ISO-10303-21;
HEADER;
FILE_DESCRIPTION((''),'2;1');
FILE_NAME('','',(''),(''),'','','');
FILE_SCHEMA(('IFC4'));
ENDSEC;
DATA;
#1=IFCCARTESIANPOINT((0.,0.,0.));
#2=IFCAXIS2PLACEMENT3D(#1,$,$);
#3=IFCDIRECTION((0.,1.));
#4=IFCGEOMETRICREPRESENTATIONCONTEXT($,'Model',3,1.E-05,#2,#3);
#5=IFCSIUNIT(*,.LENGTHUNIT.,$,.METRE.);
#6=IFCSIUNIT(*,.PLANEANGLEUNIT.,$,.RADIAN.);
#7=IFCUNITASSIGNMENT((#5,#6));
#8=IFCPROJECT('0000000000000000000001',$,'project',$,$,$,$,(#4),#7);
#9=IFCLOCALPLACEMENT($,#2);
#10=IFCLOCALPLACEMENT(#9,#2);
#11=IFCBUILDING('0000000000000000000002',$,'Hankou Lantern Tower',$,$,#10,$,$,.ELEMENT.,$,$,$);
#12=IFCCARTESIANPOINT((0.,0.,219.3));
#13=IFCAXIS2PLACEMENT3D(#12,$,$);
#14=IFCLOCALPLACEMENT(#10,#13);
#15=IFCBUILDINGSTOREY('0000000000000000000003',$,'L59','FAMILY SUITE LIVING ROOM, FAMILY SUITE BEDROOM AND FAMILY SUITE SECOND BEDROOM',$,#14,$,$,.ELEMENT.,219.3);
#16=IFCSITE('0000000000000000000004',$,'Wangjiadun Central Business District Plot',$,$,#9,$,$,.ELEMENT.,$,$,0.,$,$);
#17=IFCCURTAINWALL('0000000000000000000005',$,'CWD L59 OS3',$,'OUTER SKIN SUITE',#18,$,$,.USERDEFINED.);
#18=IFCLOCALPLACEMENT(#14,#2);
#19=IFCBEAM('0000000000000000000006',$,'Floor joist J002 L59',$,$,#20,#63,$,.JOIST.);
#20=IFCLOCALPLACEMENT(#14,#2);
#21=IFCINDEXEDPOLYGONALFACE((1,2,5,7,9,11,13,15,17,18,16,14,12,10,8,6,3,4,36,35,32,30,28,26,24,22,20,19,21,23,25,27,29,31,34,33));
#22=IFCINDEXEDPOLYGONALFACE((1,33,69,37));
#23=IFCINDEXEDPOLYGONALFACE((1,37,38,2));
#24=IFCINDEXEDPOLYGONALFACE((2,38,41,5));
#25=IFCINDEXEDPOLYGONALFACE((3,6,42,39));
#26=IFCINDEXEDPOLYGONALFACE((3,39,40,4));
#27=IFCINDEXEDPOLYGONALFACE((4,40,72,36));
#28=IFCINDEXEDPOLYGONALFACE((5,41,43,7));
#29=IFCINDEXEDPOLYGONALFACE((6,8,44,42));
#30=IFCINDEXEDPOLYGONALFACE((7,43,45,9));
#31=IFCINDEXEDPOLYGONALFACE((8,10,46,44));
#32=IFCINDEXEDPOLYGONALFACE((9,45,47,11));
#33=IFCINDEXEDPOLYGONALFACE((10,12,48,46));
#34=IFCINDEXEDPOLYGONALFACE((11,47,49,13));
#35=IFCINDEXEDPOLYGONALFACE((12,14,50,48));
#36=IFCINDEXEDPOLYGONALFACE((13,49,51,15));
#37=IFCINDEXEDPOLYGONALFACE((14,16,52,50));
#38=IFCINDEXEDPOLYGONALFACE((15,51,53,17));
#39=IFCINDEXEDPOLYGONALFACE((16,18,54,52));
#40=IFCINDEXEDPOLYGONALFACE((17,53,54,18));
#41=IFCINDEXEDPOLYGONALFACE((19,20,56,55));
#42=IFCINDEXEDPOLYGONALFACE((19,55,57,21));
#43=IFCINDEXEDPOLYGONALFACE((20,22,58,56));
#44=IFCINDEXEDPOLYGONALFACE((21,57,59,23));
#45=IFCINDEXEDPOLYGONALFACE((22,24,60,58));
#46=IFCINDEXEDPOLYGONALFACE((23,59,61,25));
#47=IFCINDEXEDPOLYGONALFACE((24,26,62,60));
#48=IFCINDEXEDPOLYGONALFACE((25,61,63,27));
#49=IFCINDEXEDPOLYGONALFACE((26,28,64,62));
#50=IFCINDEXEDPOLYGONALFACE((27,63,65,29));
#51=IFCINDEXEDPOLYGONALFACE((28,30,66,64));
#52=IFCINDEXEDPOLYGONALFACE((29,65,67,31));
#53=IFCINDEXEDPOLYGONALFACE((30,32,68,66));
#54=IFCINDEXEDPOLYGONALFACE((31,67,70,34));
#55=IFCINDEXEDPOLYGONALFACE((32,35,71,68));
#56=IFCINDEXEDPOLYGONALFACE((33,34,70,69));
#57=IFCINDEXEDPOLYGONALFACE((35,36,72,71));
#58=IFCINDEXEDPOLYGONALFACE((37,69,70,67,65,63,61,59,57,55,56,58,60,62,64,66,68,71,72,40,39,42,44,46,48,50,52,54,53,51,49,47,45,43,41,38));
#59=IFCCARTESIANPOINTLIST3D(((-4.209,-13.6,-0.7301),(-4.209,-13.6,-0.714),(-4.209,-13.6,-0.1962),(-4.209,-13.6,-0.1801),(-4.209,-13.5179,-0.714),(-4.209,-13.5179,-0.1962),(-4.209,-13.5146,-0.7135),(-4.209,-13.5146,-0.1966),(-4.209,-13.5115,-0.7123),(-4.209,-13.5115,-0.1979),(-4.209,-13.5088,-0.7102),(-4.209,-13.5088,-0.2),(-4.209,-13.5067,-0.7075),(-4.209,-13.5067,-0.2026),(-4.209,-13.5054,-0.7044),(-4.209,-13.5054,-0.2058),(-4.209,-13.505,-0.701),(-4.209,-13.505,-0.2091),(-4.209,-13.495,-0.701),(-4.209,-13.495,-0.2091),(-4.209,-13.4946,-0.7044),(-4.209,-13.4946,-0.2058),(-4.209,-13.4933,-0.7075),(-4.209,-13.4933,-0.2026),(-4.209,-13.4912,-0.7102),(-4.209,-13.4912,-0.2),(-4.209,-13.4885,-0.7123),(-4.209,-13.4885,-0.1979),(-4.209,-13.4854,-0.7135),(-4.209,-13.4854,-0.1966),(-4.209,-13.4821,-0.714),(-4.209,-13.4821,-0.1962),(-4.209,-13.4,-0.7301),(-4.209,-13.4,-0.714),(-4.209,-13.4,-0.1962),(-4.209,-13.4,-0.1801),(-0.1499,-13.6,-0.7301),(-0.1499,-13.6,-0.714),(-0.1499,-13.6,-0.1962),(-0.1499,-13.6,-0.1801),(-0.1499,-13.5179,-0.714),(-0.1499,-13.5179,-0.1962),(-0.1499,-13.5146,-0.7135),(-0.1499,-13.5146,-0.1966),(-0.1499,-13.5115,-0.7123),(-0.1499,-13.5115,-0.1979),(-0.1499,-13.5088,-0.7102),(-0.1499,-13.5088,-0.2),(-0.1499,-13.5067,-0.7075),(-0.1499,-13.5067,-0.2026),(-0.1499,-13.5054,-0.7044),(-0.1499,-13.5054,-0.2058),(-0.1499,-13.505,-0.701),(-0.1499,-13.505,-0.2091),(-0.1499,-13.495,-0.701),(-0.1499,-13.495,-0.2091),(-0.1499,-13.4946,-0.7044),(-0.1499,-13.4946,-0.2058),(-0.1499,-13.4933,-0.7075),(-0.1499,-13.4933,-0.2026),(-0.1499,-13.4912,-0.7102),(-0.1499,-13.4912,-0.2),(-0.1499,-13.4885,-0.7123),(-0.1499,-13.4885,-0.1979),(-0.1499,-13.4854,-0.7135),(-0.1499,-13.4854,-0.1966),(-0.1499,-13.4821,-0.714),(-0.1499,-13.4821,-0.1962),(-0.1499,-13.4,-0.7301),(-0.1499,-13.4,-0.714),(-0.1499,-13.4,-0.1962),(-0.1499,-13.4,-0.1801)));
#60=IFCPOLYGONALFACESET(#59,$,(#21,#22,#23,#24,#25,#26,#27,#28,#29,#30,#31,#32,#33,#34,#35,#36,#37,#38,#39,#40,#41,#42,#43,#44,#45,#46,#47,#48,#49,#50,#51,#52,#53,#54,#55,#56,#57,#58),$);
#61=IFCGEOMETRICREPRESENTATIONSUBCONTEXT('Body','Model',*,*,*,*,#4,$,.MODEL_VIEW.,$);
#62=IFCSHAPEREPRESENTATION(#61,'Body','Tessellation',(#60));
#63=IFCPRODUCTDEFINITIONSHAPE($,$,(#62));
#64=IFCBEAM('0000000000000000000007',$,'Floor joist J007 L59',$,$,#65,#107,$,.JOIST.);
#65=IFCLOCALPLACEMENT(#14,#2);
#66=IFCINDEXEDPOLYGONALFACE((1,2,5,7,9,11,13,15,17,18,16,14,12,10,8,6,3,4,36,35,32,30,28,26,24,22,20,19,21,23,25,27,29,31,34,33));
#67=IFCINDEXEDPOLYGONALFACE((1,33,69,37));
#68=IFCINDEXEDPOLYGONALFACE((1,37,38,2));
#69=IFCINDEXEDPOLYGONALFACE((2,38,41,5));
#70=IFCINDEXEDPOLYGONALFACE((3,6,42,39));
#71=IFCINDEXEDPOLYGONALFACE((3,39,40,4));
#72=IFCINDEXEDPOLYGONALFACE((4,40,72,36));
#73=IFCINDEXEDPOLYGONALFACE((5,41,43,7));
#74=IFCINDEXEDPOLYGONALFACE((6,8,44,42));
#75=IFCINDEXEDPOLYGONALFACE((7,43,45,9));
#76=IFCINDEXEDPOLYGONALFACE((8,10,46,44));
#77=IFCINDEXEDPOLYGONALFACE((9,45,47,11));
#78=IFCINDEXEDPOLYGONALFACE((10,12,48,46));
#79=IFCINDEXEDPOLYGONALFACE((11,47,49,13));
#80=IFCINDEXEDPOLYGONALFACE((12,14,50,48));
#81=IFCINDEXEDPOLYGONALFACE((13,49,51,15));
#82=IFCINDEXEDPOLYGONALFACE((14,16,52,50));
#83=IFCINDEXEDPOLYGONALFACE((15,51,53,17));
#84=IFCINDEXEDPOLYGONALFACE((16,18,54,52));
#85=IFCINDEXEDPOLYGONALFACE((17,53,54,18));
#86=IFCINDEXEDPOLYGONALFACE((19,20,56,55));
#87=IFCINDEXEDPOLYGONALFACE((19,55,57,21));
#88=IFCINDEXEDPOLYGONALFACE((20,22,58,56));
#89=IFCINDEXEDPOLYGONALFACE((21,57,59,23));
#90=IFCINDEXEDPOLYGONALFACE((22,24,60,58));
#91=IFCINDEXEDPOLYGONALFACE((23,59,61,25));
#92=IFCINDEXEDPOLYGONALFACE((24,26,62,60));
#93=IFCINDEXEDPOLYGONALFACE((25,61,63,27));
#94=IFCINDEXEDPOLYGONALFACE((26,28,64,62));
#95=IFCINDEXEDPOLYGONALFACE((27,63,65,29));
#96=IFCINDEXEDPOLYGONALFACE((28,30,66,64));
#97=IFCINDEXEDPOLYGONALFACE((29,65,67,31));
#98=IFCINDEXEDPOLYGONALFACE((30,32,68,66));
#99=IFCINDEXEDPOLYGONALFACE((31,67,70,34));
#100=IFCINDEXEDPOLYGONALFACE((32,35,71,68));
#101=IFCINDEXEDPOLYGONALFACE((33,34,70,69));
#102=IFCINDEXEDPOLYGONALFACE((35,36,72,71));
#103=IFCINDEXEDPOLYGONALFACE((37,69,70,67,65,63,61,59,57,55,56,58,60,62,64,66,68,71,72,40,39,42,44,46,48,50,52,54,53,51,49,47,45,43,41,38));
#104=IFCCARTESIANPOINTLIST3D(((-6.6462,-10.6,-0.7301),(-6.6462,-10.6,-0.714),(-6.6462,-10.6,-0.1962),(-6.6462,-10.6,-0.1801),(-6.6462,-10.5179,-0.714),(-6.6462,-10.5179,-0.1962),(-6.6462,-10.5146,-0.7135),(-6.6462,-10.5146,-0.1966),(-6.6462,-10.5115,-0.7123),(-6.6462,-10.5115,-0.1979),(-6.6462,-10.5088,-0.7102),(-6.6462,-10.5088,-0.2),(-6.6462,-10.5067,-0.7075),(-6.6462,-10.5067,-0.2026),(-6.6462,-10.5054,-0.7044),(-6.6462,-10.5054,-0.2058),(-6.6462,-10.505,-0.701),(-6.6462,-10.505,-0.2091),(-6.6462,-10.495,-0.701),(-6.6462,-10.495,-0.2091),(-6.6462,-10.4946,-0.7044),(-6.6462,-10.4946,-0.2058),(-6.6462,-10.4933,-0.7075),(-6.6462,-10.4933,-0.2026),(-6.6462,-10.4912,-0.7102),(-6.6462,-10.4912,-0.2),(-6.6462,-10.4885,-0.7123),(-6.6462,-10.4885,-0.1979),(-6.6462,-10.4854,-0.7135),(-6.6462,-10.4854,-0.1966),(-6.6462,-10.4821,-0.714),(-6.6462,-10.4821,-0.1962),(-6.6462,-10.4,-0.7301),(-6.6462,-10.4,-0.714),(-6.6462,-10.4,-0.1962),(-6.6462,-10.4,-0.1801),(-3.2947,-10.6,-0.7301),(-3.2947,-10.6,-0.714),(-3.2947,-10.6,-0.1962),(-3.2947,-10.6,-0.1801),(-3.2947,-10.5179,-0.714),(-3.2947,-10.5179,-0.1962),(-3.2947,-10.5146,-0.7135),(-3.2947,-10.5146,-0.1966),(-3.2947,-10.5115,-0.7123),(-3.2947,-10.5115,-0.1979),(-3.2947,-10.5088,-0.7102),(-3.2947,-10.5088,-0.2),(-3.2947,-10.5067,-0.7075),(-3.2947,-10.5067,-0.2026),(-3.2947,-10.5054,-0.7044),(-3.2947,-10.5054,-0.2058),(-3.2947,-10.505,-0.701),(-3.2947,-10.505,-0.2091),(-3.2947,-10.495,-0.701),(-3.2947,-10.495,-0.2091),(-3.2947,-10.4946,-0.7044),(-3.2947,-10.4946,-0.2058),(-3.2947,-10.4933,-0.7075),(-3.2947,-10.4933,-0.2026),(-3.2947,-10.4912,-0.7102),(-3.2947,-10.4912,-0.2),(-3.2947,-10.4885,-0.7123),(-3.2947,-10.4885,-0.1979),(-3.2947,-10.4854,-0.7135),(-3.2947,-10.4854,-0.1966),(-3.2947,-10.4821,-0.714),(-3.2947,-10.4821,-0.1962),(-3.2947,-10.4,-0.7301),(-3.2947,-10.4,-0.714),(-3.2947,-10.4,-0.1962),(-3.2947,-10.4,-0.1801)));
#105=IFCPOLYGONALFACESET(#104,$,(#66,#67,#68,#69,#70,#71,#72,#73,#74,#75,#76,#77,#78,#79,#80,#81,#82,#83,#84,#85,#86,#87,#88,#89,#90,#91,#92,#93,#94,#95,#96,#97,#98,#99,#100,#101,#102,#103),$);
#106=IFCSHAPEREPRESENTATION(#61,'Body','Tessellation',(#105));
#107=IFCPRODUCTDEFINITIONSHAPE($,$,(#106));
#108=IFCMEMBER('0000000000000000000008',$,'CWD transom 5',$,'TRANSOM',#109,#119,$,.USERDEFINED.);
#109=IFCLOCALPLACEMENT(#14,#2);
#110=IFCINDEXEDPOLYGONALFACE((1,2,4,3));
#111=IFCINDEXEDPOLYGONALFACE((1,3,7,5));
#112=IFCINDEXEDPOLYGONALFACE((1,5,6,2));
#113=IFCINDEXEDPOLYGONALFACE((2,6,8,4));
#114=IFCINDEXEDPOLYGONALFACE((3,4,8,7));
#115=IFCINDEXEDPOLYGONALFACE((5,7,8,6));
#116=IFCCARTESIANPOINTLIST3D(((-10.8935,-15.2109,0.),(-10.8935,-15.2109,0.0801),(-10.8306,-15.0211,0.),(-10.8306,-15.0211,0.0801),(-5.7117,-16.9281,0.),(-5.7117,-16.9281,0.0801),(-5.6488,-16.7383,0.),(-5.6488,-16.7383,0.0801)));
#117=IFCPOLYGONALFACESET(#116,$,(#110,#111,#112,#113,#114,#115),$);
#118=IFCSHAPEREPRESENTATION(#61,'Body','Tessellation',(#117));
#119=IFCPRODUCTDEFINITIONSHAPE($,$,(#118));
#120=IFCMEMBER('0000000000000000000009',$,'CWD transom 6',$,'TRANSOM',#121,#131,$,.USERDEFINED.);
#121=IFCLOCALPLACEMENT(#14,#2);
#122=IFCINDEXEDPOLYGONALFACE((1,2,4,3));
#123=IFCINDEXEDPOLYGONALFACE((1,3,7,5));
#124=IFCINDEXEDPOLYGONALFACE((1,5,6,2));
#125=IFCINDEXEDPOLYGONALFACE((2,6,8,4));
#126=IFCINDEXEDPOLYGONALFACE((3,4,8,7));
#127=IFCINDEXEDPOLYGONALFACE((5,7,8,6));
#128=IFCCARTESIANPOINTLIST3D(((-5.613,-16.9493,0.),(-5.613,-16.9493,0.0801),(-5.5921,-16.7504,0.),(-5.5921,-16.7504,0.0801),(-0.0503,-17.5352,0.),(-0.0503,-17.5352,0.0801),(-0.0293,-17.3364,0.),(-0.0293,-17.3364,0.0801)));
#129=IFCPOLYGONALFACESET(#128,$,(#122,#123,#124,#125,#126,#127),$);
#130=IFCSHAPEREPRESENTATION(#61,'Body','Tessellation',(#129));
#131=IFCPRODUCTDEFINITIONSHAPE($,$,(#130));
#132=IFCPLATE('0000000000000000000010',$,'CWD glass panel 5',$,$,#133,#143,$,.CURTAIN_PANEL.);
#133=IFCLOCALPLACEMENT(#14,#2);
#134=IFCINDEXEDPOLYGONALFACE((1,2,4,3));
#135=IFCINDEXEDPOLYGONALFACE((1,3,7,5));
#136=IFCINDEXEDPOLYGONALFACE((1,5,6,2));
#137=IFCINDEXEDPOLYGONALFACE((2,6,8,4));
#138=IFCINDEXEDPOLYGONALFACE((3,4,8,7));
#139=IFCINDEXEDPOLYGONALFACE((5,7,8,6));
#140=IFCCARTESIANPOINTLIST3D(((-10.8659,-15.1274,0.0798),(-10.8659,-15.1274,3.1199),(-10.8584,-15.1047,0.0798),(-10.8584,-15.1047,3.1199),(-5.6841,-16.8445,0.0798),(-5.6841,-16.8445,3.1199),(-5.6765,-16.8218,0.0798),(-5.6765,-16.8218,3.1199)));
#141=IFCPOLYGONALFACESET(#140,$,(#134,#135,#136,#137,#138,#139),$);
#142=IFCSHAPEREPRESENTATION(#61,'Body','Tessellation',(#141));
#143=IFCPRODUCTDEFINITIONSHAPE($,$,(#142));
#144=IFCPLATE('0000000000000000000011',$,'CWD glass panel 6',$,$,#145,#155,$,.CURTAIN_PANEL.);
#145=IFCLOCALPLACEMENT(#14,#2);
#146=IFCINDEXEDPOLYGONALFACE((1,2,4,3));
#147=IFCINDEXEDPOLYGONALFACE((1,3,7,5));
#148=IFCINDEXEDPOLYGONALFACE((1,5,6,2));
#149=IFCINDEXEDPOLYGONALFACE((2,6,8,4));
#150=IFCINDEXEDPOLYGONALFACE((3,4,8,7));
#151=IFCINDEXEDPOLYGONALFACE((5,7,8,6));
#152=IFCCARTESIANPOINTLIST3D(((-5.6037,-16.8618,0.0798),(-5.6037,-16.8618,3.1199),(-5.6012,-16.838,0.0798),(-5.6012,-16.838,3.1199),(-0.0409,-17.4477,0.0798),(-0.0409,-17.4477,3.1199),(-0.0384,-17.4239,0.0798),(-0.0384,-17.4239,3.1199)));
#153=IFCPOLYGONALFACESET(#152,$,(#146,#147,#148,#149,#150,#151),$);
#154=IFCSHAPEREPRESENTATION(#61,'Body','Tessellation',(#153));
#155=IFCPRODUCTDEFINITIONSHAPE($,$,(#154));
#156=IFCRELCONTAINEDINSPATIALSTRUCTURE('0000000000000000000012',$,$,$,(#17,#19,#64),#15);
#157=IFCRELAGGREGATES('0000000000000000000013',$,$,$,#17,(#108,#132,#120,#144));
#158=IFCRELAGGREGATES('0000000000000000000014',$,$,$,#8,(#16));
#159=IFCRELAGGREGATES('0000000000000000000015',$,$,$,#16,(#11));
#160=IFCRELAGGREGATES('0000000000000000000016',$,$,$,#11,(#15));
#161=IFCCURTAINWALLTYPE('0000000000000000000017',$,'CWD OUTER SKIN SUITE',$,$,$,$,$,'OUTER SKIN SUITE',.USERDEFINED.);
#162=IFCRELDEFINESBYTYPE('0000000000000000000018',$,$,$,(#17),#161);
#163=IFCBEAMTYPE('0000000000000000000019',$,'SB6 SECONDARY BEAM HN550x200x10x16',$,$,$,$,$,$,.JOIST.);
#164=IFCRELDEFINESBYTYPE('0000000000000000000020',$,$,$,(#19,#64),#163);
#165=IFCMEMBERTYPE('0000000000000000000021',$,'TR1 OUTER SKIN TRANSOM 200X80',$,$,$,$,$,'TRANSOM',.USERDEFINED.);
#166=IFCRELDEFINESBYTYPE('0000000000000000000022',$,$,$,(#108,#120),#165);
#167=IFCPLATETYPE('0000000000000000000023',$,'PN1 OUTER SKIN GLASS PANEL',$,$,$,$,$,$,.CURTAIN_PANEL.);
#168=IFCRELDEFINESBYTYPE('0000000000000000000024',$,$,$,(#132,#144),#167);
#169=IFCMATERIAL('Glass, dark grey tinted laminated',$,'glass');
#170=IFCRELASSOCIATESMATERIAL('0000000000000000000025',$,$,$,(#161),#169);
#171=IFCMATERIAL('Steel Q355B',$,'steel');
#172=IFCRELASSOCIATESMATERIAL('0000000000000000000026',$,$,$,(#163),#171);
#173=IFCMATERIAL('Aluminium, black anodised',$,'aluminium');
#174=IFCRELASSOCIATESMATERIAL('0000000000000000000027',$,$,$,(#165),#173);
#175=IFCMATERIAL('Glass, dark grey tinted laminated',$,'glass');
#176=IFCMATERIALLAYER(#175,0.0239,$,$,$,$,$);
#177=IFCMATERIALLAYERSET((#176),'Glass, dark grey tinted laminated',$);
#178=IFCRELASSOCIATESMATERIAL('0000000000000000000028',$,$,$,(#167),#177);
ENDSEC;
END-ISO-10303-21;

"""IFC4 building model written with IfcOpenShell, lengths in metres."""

from ifc_helpers import new_model, si_unit, direction, frame, origin, origin_2d, place, context, subcontext, project, spatial, rectangle, i_section, extrude, material, layer, layer_set, material_profile, profile_set, type_object, element, aggregate, save


model = new_model("IFC4")

# Units and contexts
model_context = context("Model", 3, precision=1e-05, world=origin(), true_north=direction((0.0, 1.0)))
body_context = subcontext(model_context, "Body", "Model", "MODEL_VIEW")
ifc_project = project(units=[si_unit("LENGTHUNIT", "METRE"), si_unit("PLANEANGLEUNIT", "RADIAN")], contexts=[model_context])

# Site, building, storey
site_placement = place(None, origin())
site = spatial("IfcSite", under=ifc_project, at=site_placement, Name="Wangjiadun Central Business District Plot", CompositionType="ELEMENT", RefElevation=0.0)
building_placement = place(site_placement, origin())
building = spatial("IfcBuilding", under=site, at=building_placement, Name="Hankou Lantern Tower", CompositionType="ELEMENT")
storey_placement = place(building_placement, frame((0.0, 0.0, 219.3)))
storey = spatial("IfcBuildingStorey", under=building, at=storey_placement, Name="L59", Description="FAMILY SUITE LIVING ROOM, FAMILY SUITE BEDROOM AND FAMILY SUITE SECOND BEDROOM", CompositionType="ELEMENT", Elevation=219.3)

# Curtain wall
ifc_material_1 = material(Name="Glass, dark grey tinted laminated", Category="glass")
curtain_wall_type = type_object("IfcCurtainWallType", Name="CWD OUTER SKIN SUITE", ElementType="OUTER SKIN SUITE", PredefinedType="USERDEFINED", material=ifc_material_1)
curtain_wall_placement = place(storey_placement, origin())
curtain_wall = element("IfcCurtainWall", 1, at=curtain_wall_placement, inside=storey, type_object=curtain_wall_type, Name="CWD L59 OS3", ObjectType="OUTER SKIN SUITE", PredefinedType="USERDEFINED")

# Beams
ifc_material_2 = material(Name="Steel Q355B", Category="steel")
ifc_material_profile_1 = material_profile(ifc_material_2, i_section(OverallWidth=0.2, OverallDepth=0.55, WebThickness=0.01, FlangeThickness=0.0161, FilletRadius=0.0129, at=origin_2d()), Name="HN550x200x10x16")
ifc_profile_set_1 = profile_set([ifc_material_profile_1], Name="Steel Q355B")
beam_type_1 = type_object("IfcBeamType", Name="SB6 SECONDARY BEAM HN550x200x10x16", PredefinedType="JOIST", material=ifc_profile_set_1)
beam_1_placement = place(storey_placement, frame((-4.209, -13.5, -0.4551), z_axis=(1.0, 0.0, 0.0), x_axis=(0.0, 1.0, 0.0)))
element("IfcBeam", 2, at=beam_1_placement, inside=storey, type_object=beam_type_1, Name="Floor joist J002 L59", PredefinedType="JOIST", context=body_context, shape_type="SweptSolid", body=[
    extrude(i_section(OverallWidth=0.2, OverallDepth=0.55, WebThickness=0.01, FlangeThickness=0.0161, FilletRadius=0.0129, at=origin_2d()), origin(), (0.0, 0.0, 1.0), 4.0591),
])
beam_2_placement = place(storey_placement, frame((-6.6462, -10.5, -0.4551), z_axis=(1.0, 0.0, 0.0), x_axis=(0.0, 1.0, 0.0)))
element("IfcBeam", 3, at=beam_2_placement, inside=storey, type_object=beam_type_1, Name="Floor joist J007 L59", PredefinedType="JOIST", context=body_context, shape_type="SweptSolid", body=[
    extrude(i_section(OverallWidth=0.2, OverallDepth=0.55, WebThickness=0.01, FlangeThickness=0.0161, FilletRadius=0.0129, at=origin_2d()), origin(), (0.0, 0.0, 1.0), 3.3516),
])

# Members
ifc_material_3 = material(Name="Aluminium, black anodised", Category="aluminium")
ifc_material_profile_2 = material_profile(ifc_material_3, rectangle(XDim=0.2, YDim=0.0801, at=origin_2d()), Name="TR1 200X80")
ifc_profile_set_2 = profile_set([ifc_material_profile_2], Name="Aluminium, black anodised")
member_type_1 = type_object("IfcMemberType", Name="TR1 OUTER SKIN TRANSOM 200X80", ElementType="TRANSOM", PredefinedType="USERDEFINED", material=ifc_profile_set_2)
member_1_placement = place(storey_placement, frame((-10.8621, -15.116, 0.04), z_axis=(0.949232, -0.314577, 0.0), x_axis=(0.314577, 0.949232, 0.0)))
member_1 = element("IfcMember", 4, at=member_1_placement, type_object=member_type_1, Name="CWD transom 5", ObjectType="TRANSOM", PredefinedType="USERDEFINED", context=body_context, shape_type="SweptSolid", body=[
    extrude(rectangle(XDim=0.2, YDim=0.0801, at=origin_2d()), origin(), (0.0, 0.0, 1.0), 5.459),
])
member_2_placement = place(storey_placement, frame((-5.6025, -16.8499, 0.04), z_axis=(0.994498, -0.104753, 0.0), x_axis=(0.104753, 0.994498, 0.0)))
member_2 = element("IfcMember", 5, at=member_2_placement, type_object=member_type_1, Name="CWD transom 6", ObjectType="TRANSOM", PredefinedType="USERDEFINED", context=body_context, shape_type="SweptSolid", body=[
    extrude(rectangle(XDim=0.2, YDim=0.0801, at=origin_2d()), origin(), (0.0, 0.0, 1.0), 5.5935),
])

# Plates
ifc_material_4 = material(Name="Glass, dark grey tinted laminated", Category="glass")
ifc_layer_1 = layer(ifc_material_4, 0.0239)
ifc_layer_set_1 = layer_set([ifc_layer_1], Name="Glass, dark grey tinted laminated")
plate_type = type_object("IfcPlateType", Name="PN1 OUTER SKIN GLASS PANEL", PredefinedType="CURTAIN_PANEL", material=ifc_layer_set_1)
plate_1_placement = place(storey_placement, frame((-8.2712, -15.9746, 0.0798), z_axis=(0.0, 0.0, 1.0), x_axis=(0.949241, -0.314551, 0.0)))
plate_1 = element("IfcPlate", 6, at=plate_1_placement, type_object=plate_type, Name="CWD glass panel 5", PredefinedType="CURTAIN_PANEL", context=body_context, shape_type="SweptSolid", body=[
    extrude(rectangle(XDim=5.459, YDim=0.0239, at=origin_2d()), origin(), (0.0, 0.0, 1.0), 3.04),
])
plate_2_placement = place(storey_placement, frame((-2.821, -17.1428, 0.0798), z_axis=(0.0, 0.0, 1.0), x_axis=(0.994499, -0.104743, 0.0)))
plate_2 = element("IfcPlate", 7, at=plate_2_placement, type_object=plate_type, Name="CWD glass panel 6", PredefinedType="CURTAIN_PANEL", context=body_context, shape_type="SweptSolid", body=[
    extrude(rectangle(XDim=5.5935, YDim=0.0239, at=origin_2d()), origin(), (0.0, 0.0, 1.0), 3.04),
])
aggregate(curtain_wall, [member_1, plate_1, member_2, plate_2])

save(model, "model.ifc")
